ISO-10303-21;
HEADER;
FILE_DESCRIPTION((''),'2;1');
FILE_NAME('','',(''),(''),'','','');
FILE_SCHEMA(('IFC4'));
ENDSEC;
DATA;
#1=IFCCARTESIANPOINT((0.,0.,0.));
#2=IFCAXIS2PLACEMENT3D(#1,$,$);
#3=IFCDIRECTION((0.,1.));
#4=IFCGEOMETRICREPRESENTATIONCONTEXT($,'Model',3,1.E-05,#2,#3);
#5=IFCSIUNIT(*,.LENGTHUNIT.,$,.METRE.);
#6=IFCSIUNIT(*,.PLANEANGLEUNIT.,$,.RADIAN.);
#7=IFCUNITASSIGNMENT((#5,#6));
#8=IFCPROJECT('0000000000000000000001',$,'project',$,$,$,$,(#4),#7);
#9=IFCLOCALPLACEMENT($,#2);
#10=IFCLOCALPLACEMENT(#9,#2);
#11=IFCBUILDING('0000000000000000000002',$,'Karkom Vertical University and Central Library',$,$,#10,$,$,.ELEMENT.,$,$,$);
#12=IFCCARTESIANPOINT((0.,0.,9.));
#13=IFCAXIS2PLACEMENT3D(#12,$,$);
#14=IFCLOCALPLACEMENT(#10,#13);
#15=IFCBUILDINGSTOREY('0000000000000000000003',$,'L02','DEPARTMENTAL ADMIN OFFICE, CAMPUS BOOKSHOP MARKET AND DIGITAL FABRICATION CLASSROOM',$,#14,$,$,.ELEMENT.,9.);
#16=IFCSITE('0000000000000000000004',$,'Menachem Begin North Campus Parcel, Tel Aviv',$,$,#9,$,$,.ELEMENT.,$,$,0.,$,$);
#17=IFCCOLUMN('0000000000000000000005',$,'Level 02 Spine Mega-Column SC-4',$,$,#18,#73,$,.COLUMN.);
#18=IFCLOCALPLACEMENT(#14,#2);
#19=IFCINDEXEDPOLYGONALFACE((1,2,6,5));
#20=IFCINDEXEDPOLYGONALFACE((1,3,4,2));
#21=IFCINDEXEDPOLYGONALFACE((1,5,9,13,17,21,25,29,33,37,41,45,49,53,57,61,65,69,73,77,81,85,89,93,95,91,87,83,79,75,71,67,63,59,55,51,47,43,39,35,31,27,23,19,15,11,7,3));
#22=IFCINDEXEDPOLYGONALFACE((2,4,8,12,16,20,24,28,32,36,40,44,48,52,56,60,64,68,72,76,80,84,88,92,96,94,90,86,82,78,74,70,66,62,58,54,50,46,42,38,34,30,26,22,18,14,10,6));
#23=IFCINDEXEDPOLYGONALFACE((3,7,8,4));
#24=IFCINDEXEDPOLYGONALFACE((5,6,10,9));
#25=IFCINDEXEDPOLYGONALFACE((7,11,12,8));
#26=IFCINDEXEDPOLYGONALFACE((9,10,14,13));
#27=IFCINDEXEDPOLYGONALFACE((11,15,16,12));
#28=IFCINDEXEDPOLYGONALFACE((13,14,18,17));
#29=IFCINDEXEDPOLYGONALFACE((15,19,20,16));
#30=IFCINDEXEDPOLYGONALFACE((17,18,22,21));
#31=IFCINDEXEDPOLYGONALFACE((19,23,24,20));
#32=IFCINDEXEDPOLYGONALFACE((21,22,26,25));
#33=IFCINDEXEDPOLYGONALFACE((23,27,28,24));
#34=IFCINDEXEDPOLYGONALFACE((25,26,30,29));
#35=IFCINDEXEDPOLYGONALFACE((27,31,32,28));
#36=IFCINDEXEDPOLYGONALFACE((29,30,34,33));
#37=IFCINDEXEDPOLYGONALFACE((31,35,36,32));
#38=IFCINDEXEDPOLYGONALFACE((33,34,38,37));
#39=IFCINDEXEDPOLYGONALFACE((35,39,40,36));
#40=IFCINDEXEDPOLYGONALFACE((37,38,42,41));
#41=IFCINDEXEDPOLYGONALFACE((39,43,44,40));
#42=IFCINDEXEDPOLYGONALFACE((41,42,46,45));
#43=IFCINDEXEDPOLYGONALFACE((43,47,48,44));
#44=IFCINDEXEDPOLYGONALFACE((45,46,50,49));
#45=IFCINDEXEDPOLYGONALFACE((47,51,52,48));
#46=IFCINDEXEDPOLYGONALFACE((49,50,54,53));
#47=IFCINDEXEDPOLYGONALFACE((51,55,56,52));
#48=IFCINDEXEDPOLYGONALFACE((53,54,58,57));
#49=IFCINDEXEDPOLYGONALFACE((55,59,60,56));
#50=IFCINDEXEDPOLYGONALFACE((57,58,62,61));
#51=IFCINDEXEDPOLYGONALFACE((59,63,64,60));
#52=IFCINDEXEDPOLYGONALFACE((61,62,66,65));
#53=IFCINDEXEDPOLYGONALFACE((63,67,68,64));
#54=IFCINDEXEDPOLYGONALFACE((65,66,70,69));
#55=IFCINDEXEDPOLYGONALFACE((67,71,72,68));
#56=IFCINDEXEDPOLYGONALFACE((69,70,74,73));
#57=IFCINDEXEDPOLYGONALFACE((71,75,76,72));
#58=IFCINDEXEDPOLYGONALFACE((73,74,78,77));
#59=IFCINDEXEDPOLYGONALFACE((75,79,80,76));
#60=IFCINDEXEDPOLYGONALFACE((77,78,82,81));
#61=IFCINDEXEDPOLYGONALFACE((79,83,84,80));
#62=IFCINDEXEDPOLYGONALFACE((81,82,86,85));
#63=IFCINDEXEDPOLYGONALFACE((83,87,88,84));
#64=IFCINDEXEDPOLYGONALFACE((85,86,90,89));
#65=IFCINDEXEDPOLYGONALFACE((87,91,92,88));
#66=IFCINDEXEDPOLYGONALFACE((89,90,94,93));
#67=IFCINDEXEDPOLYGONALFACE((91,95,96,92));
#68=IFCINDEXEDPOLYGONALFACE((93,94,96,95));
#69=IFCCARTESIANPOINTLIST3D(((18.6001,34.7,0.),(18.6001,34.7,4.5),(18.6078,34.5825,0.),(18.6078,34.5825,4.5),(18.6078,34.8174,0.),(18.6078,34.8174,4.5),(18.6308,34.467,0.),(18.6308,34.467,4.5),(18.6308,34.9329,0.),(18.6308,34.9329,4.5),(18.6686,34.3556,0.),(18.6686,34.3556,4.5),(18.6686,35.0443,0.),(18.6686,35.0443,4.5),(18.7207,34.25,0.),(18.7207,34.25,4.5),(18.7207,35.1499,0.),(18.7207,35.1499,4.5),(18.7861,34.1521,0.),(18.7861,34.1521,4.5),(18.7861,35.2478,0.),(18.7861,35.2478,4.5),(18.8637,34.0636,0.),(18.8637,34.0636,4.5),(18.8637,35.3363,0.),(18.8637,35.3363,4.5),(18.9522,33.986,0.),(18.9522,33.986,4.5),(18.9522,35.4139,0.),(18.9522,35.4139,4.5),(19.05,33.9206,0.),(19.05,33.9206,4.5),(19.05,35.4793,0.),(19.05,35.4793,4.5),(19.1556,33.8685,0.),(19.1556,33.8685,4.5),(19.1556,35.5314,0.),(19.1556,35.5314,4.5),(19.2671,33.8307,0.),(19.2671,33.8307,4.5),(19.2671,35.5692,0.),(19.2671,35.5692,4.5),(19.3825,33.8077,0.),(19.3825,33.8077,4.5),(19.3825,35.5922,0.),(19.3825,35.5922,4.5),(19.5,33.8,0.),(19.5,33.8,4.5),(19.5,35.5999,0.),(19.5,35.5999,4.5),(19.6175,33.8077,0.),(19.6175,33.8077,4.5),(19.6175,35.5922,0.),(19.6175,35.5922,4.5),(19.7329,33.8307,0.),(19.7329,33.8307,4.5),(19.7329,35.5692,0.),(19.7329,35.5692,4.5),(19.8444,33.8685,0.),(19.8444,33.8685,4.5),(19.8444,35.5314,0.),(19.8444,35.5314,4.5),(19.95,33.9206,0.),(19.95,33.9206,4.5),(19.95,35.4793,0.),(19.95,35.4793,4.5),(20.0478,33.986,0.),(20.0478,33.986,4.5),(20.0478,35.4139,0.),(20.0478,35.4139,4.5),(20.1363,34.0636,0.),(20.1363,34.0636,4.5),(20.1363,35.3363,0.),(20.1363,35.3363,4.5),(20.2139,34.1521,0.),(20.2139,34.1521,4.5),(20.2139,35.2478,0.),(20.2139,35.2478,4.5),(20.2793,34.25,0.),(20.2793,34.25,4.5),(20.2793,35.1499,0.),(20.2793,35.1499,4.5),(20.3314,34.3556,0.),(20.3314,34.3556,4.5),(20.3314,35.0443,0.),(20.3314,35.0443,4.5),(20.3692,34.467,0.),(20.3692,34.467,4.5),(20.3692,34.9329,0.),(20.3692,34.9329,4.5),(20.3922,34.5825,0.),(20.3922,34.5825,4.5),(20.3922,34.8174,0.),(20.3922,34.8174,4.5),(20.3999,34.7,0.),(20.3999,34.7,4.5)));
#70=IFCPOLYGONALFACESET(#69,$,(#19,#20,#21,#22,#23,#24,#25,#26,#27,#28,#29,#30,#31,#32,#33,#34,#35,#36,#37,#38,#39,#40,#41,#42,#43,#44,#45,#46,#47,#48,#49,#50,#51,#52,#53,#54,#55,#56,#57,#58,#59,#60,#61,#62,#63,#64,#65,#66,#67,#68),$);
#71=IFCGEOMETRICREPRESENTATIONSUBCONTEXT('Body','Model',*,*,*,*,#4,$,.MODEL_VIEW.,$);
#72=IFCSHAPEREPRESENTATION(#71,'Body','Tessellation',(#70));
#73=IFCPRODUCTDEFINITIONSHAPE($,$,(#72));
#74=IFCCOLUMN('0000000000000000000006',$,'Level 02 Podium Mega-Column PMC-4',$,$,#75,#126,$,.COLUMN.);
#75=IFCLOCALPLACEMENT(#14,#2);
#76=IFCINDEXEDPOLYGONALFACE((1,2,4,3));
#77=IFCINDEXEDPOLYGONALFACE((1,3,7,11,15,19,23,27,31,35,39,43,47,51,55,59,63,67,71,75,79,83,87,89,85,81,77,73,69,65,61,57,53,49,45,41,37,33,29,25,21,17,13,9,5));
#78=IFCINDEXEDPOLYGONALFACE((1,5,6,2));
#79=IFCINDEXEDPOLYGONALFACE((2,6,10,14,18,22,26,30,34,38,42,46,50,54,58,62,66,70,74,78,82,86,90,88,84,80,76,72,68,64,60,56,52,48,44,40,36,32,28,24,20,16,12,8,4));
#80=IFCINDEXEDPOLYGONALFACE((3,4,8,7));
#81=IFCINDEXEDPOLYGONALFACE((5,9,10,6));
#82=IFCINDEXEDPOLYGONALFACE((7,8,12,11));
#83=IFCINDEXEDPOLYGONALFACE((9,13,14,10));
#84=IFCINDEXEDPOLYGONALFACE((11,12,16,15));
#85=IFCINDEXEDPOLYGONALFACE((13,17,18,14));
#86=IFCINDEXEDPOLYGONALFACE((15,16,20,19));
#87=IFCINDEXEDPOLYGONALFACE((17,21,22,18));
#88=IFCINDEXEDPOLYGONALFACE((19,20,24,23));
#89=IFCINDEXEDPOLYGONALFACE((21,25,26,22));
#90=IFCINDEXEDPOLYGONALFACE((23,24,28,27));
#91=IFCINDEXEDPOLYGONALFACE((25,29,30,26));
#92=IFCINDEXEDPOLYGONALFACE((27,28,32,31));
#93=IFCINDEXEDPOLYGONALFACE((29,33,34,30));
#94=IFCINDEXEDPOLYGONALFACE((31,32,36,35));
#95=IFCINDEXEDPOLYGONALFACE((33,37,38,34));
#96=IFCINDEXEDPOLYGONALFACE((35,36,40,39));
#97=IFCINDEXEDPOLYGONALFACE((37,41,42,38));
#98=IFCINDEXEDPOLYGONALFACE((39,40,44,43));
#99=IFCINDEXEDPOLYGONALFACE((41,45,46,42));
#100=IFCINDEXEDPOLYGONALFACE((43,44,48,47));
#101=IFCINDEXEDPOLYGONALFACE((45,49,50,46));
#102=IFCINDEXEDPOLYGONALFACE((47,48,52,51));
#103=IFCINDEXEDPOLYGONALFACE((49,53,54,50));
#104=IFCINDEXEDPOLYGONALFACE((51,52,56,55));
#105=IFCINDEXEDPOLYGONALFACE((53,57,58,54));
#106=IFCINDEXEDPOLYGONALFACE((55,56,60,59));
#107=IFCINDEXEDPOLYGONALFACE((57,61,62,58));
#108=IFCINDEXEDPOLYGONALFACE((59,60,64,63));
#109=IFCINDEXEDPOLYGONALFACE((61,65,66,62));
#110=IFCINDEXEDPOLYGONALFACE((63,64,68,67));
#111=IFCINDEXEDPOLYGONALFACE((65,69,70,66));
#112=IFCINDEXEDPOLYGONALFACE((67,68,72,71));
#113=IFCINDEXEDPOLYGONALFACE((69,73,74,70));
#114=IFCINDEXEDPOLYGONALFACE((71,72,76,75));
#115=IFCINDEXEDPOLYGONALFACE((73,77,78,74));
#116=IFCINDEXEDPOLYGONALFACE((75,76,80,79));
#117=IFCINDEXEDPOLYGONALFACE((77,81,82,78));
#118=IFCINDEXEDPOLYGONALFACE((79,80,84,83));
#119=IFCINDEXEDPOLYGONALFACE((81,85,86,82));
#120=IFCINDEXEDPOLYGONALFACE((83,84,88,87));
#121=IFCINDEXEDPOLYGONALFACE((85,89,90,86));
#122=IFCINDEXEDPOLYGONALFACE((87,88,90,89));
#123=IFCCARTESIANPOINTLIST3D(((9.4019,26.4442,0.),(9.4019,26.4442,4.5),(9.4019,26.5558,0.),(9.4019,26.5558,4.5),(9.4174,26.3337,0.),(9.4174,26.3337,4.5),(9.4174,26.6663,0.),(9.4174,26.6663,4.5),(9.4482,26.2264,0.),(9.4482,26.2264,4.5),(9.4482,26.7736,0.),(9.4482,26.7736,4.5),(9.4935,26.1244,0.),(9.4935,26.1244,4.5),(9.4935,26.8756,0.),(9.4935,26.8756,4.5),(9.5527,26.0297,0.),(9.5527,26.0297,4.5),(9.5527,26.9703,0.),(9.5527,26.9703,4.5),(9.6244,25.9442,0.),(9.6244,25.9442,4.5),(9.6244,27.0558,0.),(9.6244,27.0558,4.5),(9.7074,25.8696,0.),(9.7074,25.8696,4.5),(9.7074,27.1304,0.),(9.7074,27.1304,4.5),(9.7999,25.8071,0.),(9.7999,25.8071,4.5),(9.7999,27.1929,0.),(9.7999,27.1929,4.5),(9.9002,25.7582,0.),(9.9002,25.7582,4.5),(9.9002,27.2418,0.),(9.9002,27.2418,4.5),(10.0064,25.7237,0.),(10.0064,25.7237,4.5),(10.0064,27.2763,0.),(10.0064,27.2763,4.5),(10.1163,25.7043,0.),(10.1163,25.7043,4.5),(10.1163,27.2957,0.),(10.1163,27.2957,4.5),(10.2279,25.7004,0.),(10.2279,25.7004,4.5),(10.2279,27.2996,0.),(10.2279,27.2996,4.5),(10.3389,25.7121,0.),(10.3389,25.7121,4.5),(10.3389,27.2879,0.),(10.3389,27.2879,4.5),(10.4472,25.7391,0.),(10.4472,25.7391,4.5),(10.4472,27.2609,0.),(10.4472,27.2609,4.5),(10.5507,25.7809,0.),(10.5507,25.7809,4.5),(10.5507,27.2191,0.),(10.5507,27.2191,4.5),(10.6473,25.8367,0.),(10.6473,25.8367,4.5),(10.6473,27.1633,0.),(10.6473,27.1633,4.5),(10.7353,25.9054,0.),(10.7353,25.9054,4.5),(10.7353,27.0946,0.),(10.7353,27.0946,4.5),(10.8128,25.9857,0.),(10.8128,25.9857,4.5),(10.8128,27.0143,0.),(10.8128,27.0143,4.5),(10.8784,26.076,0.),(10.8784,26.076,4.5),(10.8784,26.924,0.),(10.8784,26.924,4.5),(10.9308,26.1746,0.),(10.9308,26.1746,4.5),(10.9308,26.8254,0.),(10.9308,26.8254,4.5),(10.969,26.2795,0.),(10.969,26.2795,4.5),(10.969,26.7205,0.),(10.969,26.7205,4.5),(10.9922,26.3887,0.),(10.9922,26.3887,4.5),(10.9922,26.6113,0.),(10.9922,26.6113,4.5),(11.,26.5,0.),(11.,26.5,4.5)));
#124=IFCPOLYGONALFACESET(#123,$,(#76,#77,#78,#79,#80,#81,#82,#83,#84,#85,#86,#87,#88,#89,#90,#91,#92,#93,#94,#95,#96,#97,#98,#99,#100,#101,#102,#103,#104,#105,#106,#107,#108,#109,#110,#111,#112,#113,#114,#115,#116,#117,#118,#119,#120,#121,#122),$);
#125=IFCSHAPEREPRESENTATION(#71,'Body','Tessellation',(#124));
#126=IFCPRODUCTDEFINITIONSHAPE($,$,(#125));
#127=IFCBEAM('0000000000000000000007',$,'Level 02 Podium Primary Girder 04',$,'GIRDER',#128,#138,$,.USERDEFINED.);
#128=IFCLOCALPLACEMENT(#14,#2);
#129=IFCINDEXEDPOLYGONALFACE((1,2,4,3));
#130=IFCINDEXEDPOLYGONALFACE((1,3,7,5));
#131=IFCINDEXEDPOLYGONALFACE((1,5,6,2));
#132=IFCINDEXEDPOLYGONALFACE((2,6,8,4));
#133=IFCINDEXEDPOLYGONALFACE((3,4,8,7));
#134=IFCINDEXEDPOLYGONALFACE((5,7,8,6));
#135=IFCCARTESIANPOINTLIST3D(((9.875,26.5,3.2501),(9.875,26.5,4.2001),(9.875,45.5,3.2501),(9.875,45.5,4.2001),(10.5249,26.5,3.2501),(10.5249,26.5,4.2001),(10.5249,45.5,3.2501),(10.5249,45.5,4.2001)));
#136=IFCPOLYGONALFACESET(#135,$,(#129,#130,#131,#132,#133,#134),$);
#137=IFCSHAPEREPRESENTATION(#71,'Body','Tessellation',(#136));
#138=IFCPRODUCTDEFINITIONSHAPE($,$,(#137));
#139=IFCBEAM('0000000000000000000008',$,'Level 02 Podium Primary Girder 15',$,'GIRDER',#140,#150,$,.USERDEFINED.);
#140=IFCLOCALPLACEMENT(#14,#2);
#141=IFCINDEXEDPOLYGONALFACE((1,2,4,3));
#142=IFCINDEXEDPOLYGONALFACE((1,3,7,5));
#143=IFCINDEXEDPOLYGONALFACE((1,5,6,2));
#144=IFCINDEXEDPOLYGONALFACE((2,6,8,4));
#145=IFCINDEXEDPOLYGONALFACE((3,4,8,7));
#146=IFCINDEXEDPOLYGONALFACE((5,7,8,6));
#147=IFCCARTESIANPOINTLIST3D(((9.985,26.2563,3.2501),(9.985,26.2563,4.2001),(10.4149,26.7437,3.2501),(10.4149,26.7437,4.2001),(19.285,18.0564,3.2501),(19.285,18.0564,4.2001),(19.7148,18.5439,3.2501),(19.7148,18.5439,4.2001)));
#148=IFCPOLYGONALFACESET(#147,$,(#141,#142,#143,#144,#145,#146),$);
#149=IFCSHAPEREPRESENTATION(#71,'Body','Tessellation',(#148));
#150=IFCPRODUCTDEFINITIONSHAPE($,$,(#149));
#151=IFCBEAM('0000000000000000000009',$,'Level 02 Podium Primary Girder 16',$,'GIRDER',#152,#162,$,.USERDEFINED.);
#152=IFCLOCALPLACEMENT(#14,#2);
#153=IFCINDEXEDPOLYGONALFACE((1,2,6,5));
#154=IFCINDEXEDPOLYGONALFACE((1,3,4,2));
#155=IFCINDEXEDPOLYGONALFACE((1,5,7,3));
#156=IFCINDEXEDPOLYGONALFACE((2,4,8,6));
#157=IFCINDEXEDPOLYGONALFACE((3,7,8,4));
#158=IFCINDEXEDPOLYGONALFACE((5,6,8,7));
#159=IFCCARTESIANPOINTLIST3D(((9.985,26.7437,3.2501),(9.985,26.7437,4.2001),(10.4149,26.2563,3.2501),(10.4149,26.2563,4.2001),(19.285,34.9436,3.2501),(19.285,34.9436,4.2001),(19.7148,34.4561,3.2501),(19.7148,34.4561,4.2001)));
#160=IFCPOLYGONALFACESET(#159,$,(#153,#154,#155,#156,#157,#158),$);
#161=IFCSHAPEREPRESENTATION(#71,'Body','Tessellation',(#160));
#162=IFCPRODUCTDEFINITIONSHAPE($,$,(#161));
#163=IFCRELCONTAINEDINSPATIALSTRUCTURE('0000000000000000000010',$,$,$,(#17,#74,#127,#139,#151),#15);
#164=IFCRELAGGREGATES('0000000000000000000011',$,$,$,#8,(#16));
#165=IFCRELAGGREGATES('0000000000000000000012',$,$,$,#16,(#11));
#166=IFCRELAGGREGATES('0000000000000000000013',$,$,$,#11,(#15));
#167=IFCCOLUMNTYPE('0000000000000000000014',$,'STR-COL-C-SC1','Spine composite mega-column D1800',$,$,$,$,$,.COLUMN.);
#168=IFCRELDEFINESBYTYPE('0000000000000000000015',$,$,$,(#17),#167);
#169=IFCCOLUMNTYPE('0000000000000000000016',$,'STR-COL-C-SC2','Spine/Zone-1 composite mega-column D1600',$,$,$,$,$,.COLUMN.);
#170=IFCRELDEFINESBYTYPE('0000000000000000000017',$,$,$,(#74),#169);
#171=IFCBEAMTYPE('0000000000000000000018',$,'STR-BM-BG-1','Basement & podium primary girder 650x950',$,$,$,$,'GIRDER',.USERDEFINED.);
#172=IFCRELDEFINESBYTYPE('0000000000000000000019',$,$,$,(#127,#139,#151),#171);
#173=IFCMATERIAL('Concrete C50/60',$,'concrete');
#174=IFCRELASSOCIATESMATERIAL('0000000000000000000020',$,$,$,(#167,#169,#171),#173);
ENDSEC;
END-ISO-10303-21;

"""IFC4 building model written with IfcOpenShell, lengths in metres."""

from ifc_helpers import new_model, si_unit, direction, frame, origin, origin_with_axes, origin_2d, place, context, subcontext, project, spatial, rectangle, circle, extrude, source, transform, mapped, material, material_profile, profile_set, type_object, element, save


model = new_model("IFC4")

# Units and contexts
model_context = context("Model", 3, precision=1e-05, world=origin(), true_north=direction((0.0, 1.0)))
body_context = subcontext(model_context, "Body", "Model", "MODEL_VIEW")
ifc_project = project(units=[si_unit("LENGTHUNIT", "METRE"), si_unit("PLANEANGLEUNIT", "RADIAN")], contexts=[model_context])

# Site, building, storey
site_placement = place(None, origin())
site = spatial("IfcSite", under=ifc_project, at=site_placement, Name="Menachem Begin North Campus Parcel, Tel Aviv", CompositionType="ELEMENT", RefElevation=0.0)
building_placement = place(site_placement, origin())
building = spatial("IfcBuilding", under=site, at=building_placement, Name="Karkom Vertical University and Central Library", CompositionType="ELEMENT")
storey_placement = place(building_placement, frame((0.0, 0.0, 9.0)))
storey = spatial("IfcBuildingStorey", under=building, at=storey_placement, Name="L02", Description="DEPARTMENTAL ADMIN OFFICE, CAMPUS BOOKSHOP MARKET AND DIGITAL FABRICATION CLASSROOM", CompositionType="ELEMENT", Elevation=9.0)

# Columns
ifc_material_1 = material(Name="Concrete C50/60", Category="concrete")
ifc_material_profile_1 = material_profile(ifc_material_1, circle(Radius=0.8999, at=origin_2d()), Name="CFT-D1800")
ifc_profile_set_1 = profile_set([ifc_material_profile_1], Name="Concrete C50/60")
column_type_1 = type_object("IfcColumnType", Name="STR-COL-C-SC1", Description="Spine composite mega-column D1800", PredefinedType="COLUMN", material=ifc_profile_set_1)
shared_shape_1 = source(origin_with_axes(), body_context, "Body", "SweptSolid", [
    extrude(circle(Radius=0.8999, at=origin_2d()), origin(), (0.0, 0.0, 1.0), 4.5),
])
column_1_placement = place(storey_placement, frame((19.5, 34.7, 0.0), z_axis=(0.0, 0.0, 1.0), x_axis=(1.0, 0.0, 0.0)))
element("IfcColumn", 1, at=column_1_placement, inside=storey, type_object=column_type_1, Name="Level 02 Spine Mega-Column SC-4", PredefinedType="COLUMN", context=body_context, shape_type="MappedRepresentation", body=[
    mapped(shared_shape_1, transform((0.0, 0.0, 0.0), scale=1.0)),
])
ifc_material_profile_2 = material_profile(ifc_material_1, circle(Radius=0.8, at=origin_2d()), Name="CFT-D1600")
ifc_profile_set_2 = profile_set([ifc_material_profile_2], Name="Concrete C50/60")
column_type_2 = type_object("IfcColumnType", Name="STR-COL-C-SC2", Description="Spine/Zone-1 composite mega-column D1600", PredefinedType="COLUMN", material=ifc_profile_set_2)
shared_shape_2 = source(origin_with_axes(), body_context, "Body", "SweptSolid", [
    extrude(circle(Radius=0.8, at=origin_2d()), origin(), (0.0, 0.0, 1.0), 4.5),
])
column_2_placement = place(storey_placement, frame((10.2, 26.5, 0.0), z_axis=(0.0, 0.0, 1.0), x_axis=(1.0, 0.0, 0.0)))
element("IfcColumn", 2, at=column_2_placement, inside=storey, type_object=column_type_2, Name="Level 02 Podium Mega-Column PMC-4", PredefinedType="COLUMN", context=body_context, shape_type="MappedRepresentation", body=[
    mapped(shared_shape_2, transform((0.0, 0.0, 0.0), scale=1.0)),
])

# Beams
ifc_material_profile_3 = material_profile(ifc_material_1, rectangle(XDim=0.6499, YDim=0.95, at=origin_2d()), Name="RCG-650x950")
ifc_profile_set_3 = profile_set([ifc_material_profile_3], Name="Concrete C50/60")
beam_type = type_object("IfcBeamType", Name="STR-BM-BG-1", Description="Basement & podium primary girder 650x950", ElementType="GIRDER", PredefinedType="USERDEFINED", material=ifc_profile_set_3)
shared_shape_3 = source(origin_with_axes(), body_context, "Body", "SweptSolid", [
    extrude(rectangle(XDim=0.6499, YDim=0.95, at=origin_2d()), origin(), (0.0, 0.0, 1.0), 19.0),
])
beam_placement = place(storey_placement, frame((10.2, 26.5, 3.7251), z_axis=(0.0, 1.0, 0.0), x_axis=(-1.0, 0.0, 0.0)))
element("IfcBeam", 3, at=beam_placement, inside=storey, type_object=beam_type, Name="Level 02 Podium Primary Girder 04", ObjectType="GIRDER", PredefinedType="USERDEFINED", context=body_context, shape_type="MappedRepresentation", body=[
    mapped(shared_shape_3, transform((0.0, 0.0, 0.0), scale=1.0)),
])
shared_shape_4 = source(origin_with_axes(), body_context, "Body", "SweptSolid", [
    extrude(rectangle(XDim=0.6499, YDim=0.95, at=origin_2d()), origin(), (0.0, 0.0, 1.0), 12.3987),
])
for number, where, z_axis, x_axis, name in (
    (4, (10.2, 26.5, 3.7251), (0.750077, -0.661351, 0.0), (0.661351, 0.750077, 0.0), "Level 02 Podium Primary Girder 15"),
    (5, (10.2, 26.5, 3.7251), (0.750077, 0.661351, 0.0), (-0.661351, 0.750077, 0.0), "Level 02 Podium Primary Girder 16"),
):
    element("IfcBeam", number, at=place(storey_placement, frame(where, z_axis=z_axis, x_axis=x_axis)), inside=storey, type_object=beam_type, Name=name, ObjectType="GIRDER", PredefinedType="USERDEFINED", context=body_context, shape_type="MappedRepresentation", body=[
        mapped(shared_shape_4, transform((0.0, 0.0, 0.0), scale=1.0)),
    ])

save(model, "model.ifc")
